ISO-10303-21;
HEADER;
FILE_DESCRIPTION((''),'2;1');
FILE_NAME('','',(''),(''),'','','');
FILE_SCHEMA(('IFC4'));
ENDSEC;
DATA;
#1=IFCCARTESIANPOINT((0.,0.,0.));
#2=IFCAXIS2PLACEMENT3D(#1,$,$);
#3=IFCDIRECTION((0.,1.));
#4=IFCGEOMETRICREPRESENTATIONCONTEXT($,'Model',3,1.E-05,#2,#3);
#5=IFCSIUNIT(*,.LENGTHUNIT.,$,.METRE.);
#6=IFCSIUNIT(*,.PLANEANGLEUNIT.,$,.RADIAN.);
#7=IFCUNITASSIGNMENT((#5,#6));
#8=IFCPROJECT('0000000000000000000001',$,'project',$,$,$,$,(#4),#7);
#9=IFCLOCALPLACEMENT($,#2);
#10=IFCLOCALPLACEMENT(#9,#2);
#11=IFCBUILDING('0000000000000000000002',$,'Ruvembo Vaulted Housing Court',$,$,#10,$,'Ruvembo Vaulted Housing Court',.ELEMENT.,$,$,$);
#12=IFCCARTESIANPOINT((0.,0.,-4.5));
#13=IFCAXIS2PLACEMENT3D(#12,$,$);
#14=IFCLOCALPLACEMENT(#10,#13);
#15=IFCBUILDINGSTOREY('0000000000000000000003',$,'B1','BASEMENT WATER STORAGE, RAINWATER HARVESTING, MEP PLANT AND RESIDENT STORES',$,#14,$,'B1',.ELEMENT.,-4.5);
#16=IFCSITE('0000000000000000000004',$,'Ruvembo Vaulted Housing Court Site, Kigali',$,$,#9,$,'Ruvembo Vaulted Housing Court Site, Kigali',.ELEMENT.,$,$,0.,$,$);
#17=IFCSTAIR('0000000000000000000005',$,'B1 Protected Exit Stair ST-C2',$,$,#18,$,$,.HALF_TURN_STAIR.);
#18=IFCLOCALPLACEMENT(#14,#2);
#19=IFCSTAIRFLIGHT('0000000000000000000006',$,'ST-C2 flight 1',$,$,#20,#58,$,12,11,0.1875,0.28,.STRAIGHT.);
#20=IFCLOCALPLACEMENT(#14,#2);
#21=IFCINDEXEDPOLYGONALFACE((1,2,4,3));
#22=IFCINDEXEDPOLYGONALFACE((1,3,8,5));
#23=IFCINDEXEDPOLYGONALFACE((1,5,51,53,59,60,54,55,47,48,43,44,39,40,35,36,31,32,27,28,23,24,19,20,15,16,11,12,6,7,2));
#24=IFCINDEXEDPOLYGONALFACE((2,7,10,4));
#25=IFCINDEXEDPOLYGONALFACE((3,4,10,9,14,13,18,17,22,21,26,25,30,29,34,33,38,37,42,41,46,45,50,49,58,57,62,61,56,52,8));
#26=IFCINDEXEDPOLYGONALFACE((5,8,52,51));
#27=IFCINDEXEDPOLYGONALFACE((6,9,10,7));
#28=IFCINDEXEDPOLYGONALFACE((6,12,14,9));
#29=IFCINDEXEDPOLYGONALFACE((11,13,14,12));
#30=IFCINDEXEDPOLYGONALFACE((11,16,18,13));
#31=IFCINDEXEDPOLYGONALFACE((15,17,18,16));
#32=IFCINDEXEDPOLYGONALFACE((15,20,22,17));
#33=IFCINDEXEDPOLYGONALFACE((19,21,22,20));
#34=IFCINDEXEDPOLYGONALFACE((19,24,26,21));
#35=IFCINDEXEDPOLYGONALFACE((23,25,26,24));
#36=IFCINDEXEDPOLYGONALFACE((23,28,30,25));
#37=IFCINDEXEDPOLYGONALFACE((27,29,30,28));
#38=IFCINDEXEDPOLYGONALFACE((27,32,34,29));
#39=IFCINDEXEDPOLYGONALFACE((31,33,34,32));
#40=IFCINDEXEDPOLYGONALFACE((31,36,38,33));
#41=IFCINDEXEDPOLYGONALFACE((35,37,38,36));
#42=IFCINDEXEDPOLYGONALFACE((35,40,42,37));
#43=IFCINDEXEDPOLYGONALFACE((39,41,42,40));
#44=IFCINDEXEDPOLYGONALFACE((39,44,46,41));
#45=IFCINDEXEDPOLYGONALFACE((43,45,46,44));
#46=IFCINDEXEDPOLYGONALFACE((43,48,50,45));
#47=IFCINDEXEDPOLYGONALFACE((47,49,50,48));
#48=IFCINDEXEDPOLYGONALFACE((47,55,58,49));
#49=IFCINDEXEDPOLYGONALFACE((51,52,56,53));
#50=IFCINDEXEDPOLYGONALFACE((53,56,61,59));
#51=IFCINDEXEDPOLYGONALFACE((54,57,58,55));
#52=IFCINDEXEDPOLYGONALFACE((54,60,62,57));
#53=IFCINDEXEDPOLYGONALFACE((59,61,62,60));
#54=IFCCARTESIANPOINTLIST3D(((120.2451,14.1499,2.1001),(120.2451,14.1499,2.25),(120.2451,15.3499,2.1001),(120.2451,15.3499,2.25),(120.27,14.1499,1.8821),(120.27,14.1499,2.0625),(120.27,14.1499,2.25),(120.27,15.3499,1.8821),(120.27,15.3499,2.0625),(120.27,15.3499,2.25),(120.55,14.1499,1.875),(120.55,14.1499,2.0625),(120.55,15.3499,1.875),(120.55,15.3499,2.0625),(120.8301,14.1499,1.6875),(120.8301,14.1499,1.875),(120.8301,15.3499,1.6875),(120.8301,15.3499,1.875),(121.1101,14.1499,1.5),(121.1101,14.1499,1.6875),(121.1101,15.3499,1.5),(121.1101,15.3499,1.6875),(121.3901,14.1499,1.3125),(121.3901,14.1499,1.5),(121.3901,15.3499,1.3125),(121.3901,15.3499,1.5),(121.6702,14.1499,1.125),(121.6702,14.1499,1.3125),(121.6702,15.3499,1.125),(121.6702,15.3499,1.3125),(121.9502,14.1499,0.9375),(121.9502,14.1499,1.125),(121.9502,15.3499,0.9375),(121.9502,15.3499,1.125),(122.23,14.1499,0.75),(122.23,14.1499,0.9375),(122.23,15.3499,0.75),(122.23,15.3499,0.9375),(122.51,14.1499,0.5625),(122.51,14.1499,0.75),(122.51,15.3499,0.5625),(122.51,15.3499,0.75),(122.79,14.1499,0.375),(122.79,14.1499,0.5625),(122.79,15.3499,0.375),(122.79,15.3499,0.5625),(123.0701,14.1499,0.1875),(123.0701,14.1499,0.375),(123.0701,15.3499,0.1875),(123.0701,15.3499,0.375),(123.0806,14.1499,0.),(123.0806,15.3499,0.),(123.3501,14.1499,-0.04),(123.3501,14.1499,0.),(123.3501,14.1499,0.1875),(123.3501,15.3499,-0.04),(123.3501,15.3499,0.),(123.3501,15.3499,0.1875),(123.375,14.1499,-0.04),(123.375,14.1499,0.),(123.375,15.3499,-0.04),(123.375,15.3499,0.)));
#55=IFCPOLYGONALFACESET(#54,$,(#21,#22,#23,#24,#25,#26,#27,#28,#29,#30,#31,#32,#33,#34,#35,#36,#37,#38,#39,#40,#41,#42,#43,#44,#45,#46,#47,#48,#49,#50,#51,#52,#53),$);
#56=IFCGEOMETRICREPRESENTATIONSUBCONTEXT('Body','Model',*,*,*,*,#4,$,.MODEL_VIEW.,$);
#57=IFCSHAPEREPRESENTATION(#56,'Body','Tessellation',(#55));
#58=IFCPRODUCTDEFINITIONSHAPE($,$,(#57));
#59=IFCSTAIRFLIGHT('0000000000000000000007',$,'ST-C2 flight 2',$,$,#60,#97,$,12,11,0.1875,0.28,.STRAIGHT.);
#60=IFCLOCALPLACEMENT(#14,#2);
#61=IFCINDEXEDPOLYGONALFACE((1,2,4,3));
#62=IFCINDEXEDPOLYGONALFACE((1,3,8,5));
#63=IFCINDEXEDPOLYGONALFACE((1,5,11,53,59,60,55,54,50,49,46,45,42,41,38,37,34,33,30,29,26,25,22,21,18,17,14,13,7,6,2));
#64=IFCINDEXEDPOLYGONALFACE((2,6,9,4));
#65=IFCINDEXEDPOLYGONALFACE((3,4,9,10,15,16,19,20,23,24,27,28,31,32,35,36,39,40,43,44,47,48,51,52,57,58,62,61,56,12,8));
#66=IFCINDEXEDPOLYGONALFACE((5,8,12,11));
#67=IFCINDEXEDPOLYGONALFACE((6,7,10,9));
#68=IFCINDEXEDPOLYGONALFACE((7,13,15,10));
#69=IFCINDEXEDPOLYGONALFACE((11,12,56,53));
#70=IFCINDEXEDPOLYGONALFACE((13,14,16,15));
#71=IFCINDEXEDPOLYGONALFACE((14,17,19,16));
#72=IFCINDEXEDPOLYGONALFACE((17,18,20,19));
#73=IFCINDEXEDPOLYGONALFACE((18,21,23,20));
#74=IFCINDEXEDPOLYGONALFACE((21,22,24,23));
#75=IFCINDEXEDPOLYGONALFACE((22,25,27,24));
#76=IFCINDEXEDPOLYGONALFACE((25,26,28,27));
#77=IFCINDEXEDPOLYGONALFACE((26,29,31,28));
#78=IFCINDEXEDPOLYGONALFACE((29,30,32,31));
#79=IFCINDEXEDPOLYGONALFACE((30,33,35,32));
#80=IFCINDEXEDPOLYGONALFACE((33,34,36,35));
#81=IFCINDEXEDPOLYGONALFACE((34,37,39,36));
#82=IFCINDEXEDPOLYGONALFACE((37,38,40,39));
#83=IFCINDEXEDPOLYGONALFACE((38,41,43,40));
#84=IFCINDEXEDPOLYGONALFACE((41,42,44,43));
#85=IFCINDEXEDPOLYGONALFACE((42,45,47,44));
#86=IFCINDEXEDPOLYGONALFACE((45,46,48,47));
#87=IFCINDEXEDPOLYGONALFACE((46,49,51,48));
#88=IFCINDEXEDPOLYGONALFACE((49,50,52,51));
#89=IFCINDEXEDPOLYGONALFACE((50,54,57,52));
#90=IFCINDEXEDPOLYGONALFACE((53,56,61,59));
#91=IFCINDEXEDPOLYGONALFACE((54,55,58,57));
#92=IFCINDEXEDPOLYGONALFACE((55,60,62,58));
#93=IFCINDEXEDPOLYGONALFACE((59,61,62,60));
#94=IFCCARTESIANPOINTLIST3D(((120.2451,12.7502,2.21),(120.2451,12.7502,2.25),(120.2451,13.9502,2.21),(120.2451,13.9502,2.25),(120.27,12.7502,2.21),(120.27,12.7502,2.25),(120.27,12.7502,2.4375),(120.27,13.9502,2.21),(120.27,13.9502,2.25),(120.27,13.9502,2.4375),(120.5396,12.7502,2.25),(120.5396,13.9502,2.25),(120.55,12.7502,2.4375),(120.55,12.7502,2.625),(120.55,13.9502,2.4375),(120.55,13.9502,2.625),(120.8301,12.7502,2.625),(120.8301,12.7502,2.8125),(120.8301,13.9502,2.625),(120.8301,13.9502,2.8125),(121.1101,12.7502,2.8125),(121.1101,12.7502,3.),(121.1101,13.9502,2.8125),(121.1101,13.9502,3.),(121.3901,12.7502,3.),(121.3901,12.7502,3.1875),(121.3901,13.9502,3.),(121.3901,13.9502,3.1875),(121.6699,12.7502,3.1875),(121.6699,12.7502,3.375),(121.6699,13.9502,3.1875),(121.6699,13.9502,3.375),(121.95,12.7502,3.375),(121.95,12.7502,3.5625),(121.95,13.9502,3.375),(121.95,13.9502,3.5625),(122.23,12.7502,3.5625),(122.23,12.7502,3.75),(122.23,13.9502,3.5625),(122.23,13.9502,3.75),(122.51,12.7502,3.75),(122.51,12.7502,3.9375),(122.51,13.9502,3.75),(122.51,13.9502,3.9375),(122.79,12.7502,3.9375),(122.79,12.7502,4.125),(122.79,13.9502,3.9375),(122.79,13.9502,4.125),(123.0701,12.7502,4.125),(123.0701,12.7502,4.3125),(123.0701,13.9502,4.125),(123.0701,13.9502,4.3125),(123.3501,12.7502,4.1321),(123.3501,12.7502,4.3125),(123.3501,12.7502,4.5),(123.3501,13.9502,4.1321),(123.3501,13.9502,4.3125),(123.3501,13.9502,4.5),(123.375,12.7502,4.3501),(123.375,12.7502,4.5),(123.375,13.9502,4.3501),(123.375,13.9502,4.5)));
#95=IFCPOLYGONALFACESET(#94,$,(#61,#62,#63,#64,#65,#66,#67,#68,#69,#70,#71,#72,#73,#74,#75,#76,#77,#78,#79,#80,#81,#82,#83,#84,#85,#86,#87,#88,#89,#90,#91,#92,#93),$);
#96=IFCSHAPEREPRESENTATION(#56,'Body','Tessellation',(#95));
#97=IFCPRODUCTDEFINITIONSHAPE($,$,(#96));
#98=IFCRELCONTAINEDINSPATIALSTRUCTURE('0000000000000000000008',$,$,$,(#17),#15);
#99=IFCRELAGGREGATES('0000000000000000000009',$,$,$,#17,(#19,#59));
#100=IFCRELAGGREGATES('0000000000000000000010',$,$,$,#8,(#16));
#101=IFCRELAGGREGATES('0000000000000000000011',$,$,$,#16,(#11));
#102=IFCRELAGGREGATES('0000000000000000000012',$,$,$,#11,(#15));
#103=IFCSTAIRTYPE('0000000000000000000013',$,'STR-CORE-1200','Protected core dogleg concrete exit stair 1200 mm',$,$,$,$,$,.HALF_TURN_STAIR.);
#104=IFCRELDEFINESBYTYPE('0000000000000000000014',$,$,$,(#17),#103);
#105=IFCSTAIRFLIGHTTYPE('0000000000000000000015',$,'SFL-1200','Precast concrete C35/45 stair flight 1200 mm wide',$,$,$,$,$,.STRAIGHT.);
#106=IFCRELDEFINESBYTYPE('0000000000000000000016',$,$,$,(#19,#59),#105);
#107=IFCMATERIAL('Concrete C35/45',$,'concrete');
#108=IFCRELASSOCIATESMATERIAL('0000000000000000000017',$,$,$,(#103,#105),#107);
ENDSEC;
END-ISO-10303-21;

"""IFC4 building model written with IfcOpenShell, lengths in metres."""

from ifc_helpers import new_model, si_unit, direction, frame, origin, place, context, subcontext, project, spatial, polyline, outline, extrude, material, type_object, element, aggregate, save


model = new_model("IFC4")

# Units and contexts
model_context = context("Model", 3, precision=1e-05, world=origin(), true_north=direction((0.0, 1.0)))
body_context = subcontext(model_context, "Body", "Model", "MODEL_VIEW")
ifc_project = project(units=[si_unit("LENGTHUNIT", "METRE"), si_unit("PLANEANGLEUNIT", "RADIAN")], contexts=[model_context])

# Site, building, storey
site_placement = place(None, origin())
site = spatial("IfcSite", under=ifc_project, at=site_placement, Name="Ruvembo Vaulted Housing Court Site, Kigali", LongName="Ruvembo Vaulted Housing Court Site, Kigali", CompositionType="ELEMENT", RefElevation=0.0)
building_placement = place(site_placement, origin())
building = spatial("IfcBuilding", under=site, at=building_placement, Name="Ruvembo Vaulted Housing Court", LongName="Ruvembo Vaulted Housing Court", CompositionType="ELEMENT")
storey_placement = place(building_placement, frame((0.0, 0.0, -4.5)))
storey = spatial("IfcBuildingStorey", under=building, at=storey_placement, Name="B1", Description="BASEMENT WATER STORAGE, RAINWATER HARVESTING, MEP PLANT AND RESIDENT STORES", LongName="B1", CompositionType="ELEMENT", Elevation=-4.5)

# Shared definitions
ifc_material_1 = material(Name="Concrete C35/45", Category="concrete")

# Stair, stair flights
stair_type = type_object("IfcStairType", Name="STR-CORE-1200", Description="Protected core dogleg concrete exit stair 1200 mm", PredefinedType="HALF_TURN_STAIR", material=ifc_material_1)
stair_placement = place(storey_placement, origin())
stair = element("IfcStair", 1, at=stair_placement, inside=storey, type_object=stair_type, Name="B1 Protected Exit Stair ST-C2", PredefinedType="HALF_TURN_STAIR")
stair_flight_type = type_object("IfcStairFlightType", Name="SFL-1200", Description="Precast concrete C35/45 stair flight 1200 mm wide", PredefinedType="STRAIGHT", material=ifc_material_1)
stair_flight_1_placement = place(storey_placement, frame((123.3501, 14.75, 0.0), z_axis=(0.0, 0.0, 1.0), x_axis=(-1.0, 0.0, 0.0)))
stair_flight_1 = element("IfcStairFlight", 2, at=stair_flight_1_placement, type_object=stair_flight_type, Name="ST-C2 flight 1", NumberOfRisers=12, NumberOfTreads=11, PredefinedType="STRAIGHT", RiserHeight=0.1875, TreadLength=0.28, context=body_context, shape_type="SweptSolid", body=[
    extrude(outline(polyline([(-0.0249, -0.04), (-0.0249, 0.0), (0.0, 0.0), (0.0, 0.1875), (0.28, 0.1875), (0.28, 0.375), (0.5601, 0.375), (0.5601, 0.5625), (0.8401, 0.5625), (0.8401, 0.75), (1.1201, 0.75), (1.1201, 0.9375), (1.3999, 0.9375), (1.3999, 1.125), (1.6799, 1.125), (1.6799, 1.3125), (1.96, 1.3125), (1.96, 1.5), (2.24, 1.5), (2.24, 1.6875), (2.52, 1.6875), (2.52, 1.875), (2.8, 1.875), (2.8, 2.0625), (3.0801, 2.0625), (3.0801, 2.25), (3.105, 2.25), (3.105, 2.1001), (3.0801, 1.8821), (0.2695, 0.0), (0.0, -0.04), (-0.0249, -0.04)])), frame((0.0, 0.6001, 0.0), z_axis=(0.0, -1.0, 0.0), x_axis=(1.0, 0.0, 0.0)), (0.0, 0.0, 1.0), 1.2),
])
stair_flight_2_placement = place(storey_placement, frame((120.27, 13.3501, 2.25), z_axis=(0.0, 0.0, 1.0), x_axis=(1.0, 0.0, 0.0)))
stair_flight_2 = element("IfcStairFlight", 3, at=stair_flight_2_placement, type_object=stair_flight_type, Name="ST-C2 flight 2", NumberOfRisers=12, NumberOfTreads=11, PredefinedType="STRAIGHT", RiserHeight=0.1875, TreadLength=0.28, context=body_context, shape_type="SweptSolid", body=[
    extrude(outline(polyline([(-0.0249, -0.04), (-0.0249, 0.0), (0.0, 0.0), (0.0, 0.1875), (0.28, 0.1875), (0.28, 0.375), (0.5601, 0.375), (0.5601, 0.5625), (0.8401, 0.5625), (0.8401, 0.75), (1.1201, 0.75), (1.1201, 0.9375), (1.3999, 0.9375), (1.3999, 1.125), (1.6799, 1.125), (1.6799, 1.3125), (1.96, 1.3125), (1.96, 1.5), (2.24, 1.5), (2.24, 1.6875), (2.52, 1.6875), (2.52, 1.875), (2.8, 1.875), (2.8, 2.0625), (3.0801, 2.0625), (3.0801, 2.25), (3.105, 2.25), (3.105, 2.1001), (3.0801, 1.8821), (0.2695, 0.0), (0.0, -0.04), (-0.0249, -0.04)])), frame((0.0, 0.6001, 0.0), z_axis=(0.0, -1.0, 0.0), x_axis=(1.0, 0.0, 0.0)), (0.0, 0.0, 1.0), 1.2),
])
aggregate(stair, [stair_flight_1, stair_flight_2])

save(model, "model.ifc")
